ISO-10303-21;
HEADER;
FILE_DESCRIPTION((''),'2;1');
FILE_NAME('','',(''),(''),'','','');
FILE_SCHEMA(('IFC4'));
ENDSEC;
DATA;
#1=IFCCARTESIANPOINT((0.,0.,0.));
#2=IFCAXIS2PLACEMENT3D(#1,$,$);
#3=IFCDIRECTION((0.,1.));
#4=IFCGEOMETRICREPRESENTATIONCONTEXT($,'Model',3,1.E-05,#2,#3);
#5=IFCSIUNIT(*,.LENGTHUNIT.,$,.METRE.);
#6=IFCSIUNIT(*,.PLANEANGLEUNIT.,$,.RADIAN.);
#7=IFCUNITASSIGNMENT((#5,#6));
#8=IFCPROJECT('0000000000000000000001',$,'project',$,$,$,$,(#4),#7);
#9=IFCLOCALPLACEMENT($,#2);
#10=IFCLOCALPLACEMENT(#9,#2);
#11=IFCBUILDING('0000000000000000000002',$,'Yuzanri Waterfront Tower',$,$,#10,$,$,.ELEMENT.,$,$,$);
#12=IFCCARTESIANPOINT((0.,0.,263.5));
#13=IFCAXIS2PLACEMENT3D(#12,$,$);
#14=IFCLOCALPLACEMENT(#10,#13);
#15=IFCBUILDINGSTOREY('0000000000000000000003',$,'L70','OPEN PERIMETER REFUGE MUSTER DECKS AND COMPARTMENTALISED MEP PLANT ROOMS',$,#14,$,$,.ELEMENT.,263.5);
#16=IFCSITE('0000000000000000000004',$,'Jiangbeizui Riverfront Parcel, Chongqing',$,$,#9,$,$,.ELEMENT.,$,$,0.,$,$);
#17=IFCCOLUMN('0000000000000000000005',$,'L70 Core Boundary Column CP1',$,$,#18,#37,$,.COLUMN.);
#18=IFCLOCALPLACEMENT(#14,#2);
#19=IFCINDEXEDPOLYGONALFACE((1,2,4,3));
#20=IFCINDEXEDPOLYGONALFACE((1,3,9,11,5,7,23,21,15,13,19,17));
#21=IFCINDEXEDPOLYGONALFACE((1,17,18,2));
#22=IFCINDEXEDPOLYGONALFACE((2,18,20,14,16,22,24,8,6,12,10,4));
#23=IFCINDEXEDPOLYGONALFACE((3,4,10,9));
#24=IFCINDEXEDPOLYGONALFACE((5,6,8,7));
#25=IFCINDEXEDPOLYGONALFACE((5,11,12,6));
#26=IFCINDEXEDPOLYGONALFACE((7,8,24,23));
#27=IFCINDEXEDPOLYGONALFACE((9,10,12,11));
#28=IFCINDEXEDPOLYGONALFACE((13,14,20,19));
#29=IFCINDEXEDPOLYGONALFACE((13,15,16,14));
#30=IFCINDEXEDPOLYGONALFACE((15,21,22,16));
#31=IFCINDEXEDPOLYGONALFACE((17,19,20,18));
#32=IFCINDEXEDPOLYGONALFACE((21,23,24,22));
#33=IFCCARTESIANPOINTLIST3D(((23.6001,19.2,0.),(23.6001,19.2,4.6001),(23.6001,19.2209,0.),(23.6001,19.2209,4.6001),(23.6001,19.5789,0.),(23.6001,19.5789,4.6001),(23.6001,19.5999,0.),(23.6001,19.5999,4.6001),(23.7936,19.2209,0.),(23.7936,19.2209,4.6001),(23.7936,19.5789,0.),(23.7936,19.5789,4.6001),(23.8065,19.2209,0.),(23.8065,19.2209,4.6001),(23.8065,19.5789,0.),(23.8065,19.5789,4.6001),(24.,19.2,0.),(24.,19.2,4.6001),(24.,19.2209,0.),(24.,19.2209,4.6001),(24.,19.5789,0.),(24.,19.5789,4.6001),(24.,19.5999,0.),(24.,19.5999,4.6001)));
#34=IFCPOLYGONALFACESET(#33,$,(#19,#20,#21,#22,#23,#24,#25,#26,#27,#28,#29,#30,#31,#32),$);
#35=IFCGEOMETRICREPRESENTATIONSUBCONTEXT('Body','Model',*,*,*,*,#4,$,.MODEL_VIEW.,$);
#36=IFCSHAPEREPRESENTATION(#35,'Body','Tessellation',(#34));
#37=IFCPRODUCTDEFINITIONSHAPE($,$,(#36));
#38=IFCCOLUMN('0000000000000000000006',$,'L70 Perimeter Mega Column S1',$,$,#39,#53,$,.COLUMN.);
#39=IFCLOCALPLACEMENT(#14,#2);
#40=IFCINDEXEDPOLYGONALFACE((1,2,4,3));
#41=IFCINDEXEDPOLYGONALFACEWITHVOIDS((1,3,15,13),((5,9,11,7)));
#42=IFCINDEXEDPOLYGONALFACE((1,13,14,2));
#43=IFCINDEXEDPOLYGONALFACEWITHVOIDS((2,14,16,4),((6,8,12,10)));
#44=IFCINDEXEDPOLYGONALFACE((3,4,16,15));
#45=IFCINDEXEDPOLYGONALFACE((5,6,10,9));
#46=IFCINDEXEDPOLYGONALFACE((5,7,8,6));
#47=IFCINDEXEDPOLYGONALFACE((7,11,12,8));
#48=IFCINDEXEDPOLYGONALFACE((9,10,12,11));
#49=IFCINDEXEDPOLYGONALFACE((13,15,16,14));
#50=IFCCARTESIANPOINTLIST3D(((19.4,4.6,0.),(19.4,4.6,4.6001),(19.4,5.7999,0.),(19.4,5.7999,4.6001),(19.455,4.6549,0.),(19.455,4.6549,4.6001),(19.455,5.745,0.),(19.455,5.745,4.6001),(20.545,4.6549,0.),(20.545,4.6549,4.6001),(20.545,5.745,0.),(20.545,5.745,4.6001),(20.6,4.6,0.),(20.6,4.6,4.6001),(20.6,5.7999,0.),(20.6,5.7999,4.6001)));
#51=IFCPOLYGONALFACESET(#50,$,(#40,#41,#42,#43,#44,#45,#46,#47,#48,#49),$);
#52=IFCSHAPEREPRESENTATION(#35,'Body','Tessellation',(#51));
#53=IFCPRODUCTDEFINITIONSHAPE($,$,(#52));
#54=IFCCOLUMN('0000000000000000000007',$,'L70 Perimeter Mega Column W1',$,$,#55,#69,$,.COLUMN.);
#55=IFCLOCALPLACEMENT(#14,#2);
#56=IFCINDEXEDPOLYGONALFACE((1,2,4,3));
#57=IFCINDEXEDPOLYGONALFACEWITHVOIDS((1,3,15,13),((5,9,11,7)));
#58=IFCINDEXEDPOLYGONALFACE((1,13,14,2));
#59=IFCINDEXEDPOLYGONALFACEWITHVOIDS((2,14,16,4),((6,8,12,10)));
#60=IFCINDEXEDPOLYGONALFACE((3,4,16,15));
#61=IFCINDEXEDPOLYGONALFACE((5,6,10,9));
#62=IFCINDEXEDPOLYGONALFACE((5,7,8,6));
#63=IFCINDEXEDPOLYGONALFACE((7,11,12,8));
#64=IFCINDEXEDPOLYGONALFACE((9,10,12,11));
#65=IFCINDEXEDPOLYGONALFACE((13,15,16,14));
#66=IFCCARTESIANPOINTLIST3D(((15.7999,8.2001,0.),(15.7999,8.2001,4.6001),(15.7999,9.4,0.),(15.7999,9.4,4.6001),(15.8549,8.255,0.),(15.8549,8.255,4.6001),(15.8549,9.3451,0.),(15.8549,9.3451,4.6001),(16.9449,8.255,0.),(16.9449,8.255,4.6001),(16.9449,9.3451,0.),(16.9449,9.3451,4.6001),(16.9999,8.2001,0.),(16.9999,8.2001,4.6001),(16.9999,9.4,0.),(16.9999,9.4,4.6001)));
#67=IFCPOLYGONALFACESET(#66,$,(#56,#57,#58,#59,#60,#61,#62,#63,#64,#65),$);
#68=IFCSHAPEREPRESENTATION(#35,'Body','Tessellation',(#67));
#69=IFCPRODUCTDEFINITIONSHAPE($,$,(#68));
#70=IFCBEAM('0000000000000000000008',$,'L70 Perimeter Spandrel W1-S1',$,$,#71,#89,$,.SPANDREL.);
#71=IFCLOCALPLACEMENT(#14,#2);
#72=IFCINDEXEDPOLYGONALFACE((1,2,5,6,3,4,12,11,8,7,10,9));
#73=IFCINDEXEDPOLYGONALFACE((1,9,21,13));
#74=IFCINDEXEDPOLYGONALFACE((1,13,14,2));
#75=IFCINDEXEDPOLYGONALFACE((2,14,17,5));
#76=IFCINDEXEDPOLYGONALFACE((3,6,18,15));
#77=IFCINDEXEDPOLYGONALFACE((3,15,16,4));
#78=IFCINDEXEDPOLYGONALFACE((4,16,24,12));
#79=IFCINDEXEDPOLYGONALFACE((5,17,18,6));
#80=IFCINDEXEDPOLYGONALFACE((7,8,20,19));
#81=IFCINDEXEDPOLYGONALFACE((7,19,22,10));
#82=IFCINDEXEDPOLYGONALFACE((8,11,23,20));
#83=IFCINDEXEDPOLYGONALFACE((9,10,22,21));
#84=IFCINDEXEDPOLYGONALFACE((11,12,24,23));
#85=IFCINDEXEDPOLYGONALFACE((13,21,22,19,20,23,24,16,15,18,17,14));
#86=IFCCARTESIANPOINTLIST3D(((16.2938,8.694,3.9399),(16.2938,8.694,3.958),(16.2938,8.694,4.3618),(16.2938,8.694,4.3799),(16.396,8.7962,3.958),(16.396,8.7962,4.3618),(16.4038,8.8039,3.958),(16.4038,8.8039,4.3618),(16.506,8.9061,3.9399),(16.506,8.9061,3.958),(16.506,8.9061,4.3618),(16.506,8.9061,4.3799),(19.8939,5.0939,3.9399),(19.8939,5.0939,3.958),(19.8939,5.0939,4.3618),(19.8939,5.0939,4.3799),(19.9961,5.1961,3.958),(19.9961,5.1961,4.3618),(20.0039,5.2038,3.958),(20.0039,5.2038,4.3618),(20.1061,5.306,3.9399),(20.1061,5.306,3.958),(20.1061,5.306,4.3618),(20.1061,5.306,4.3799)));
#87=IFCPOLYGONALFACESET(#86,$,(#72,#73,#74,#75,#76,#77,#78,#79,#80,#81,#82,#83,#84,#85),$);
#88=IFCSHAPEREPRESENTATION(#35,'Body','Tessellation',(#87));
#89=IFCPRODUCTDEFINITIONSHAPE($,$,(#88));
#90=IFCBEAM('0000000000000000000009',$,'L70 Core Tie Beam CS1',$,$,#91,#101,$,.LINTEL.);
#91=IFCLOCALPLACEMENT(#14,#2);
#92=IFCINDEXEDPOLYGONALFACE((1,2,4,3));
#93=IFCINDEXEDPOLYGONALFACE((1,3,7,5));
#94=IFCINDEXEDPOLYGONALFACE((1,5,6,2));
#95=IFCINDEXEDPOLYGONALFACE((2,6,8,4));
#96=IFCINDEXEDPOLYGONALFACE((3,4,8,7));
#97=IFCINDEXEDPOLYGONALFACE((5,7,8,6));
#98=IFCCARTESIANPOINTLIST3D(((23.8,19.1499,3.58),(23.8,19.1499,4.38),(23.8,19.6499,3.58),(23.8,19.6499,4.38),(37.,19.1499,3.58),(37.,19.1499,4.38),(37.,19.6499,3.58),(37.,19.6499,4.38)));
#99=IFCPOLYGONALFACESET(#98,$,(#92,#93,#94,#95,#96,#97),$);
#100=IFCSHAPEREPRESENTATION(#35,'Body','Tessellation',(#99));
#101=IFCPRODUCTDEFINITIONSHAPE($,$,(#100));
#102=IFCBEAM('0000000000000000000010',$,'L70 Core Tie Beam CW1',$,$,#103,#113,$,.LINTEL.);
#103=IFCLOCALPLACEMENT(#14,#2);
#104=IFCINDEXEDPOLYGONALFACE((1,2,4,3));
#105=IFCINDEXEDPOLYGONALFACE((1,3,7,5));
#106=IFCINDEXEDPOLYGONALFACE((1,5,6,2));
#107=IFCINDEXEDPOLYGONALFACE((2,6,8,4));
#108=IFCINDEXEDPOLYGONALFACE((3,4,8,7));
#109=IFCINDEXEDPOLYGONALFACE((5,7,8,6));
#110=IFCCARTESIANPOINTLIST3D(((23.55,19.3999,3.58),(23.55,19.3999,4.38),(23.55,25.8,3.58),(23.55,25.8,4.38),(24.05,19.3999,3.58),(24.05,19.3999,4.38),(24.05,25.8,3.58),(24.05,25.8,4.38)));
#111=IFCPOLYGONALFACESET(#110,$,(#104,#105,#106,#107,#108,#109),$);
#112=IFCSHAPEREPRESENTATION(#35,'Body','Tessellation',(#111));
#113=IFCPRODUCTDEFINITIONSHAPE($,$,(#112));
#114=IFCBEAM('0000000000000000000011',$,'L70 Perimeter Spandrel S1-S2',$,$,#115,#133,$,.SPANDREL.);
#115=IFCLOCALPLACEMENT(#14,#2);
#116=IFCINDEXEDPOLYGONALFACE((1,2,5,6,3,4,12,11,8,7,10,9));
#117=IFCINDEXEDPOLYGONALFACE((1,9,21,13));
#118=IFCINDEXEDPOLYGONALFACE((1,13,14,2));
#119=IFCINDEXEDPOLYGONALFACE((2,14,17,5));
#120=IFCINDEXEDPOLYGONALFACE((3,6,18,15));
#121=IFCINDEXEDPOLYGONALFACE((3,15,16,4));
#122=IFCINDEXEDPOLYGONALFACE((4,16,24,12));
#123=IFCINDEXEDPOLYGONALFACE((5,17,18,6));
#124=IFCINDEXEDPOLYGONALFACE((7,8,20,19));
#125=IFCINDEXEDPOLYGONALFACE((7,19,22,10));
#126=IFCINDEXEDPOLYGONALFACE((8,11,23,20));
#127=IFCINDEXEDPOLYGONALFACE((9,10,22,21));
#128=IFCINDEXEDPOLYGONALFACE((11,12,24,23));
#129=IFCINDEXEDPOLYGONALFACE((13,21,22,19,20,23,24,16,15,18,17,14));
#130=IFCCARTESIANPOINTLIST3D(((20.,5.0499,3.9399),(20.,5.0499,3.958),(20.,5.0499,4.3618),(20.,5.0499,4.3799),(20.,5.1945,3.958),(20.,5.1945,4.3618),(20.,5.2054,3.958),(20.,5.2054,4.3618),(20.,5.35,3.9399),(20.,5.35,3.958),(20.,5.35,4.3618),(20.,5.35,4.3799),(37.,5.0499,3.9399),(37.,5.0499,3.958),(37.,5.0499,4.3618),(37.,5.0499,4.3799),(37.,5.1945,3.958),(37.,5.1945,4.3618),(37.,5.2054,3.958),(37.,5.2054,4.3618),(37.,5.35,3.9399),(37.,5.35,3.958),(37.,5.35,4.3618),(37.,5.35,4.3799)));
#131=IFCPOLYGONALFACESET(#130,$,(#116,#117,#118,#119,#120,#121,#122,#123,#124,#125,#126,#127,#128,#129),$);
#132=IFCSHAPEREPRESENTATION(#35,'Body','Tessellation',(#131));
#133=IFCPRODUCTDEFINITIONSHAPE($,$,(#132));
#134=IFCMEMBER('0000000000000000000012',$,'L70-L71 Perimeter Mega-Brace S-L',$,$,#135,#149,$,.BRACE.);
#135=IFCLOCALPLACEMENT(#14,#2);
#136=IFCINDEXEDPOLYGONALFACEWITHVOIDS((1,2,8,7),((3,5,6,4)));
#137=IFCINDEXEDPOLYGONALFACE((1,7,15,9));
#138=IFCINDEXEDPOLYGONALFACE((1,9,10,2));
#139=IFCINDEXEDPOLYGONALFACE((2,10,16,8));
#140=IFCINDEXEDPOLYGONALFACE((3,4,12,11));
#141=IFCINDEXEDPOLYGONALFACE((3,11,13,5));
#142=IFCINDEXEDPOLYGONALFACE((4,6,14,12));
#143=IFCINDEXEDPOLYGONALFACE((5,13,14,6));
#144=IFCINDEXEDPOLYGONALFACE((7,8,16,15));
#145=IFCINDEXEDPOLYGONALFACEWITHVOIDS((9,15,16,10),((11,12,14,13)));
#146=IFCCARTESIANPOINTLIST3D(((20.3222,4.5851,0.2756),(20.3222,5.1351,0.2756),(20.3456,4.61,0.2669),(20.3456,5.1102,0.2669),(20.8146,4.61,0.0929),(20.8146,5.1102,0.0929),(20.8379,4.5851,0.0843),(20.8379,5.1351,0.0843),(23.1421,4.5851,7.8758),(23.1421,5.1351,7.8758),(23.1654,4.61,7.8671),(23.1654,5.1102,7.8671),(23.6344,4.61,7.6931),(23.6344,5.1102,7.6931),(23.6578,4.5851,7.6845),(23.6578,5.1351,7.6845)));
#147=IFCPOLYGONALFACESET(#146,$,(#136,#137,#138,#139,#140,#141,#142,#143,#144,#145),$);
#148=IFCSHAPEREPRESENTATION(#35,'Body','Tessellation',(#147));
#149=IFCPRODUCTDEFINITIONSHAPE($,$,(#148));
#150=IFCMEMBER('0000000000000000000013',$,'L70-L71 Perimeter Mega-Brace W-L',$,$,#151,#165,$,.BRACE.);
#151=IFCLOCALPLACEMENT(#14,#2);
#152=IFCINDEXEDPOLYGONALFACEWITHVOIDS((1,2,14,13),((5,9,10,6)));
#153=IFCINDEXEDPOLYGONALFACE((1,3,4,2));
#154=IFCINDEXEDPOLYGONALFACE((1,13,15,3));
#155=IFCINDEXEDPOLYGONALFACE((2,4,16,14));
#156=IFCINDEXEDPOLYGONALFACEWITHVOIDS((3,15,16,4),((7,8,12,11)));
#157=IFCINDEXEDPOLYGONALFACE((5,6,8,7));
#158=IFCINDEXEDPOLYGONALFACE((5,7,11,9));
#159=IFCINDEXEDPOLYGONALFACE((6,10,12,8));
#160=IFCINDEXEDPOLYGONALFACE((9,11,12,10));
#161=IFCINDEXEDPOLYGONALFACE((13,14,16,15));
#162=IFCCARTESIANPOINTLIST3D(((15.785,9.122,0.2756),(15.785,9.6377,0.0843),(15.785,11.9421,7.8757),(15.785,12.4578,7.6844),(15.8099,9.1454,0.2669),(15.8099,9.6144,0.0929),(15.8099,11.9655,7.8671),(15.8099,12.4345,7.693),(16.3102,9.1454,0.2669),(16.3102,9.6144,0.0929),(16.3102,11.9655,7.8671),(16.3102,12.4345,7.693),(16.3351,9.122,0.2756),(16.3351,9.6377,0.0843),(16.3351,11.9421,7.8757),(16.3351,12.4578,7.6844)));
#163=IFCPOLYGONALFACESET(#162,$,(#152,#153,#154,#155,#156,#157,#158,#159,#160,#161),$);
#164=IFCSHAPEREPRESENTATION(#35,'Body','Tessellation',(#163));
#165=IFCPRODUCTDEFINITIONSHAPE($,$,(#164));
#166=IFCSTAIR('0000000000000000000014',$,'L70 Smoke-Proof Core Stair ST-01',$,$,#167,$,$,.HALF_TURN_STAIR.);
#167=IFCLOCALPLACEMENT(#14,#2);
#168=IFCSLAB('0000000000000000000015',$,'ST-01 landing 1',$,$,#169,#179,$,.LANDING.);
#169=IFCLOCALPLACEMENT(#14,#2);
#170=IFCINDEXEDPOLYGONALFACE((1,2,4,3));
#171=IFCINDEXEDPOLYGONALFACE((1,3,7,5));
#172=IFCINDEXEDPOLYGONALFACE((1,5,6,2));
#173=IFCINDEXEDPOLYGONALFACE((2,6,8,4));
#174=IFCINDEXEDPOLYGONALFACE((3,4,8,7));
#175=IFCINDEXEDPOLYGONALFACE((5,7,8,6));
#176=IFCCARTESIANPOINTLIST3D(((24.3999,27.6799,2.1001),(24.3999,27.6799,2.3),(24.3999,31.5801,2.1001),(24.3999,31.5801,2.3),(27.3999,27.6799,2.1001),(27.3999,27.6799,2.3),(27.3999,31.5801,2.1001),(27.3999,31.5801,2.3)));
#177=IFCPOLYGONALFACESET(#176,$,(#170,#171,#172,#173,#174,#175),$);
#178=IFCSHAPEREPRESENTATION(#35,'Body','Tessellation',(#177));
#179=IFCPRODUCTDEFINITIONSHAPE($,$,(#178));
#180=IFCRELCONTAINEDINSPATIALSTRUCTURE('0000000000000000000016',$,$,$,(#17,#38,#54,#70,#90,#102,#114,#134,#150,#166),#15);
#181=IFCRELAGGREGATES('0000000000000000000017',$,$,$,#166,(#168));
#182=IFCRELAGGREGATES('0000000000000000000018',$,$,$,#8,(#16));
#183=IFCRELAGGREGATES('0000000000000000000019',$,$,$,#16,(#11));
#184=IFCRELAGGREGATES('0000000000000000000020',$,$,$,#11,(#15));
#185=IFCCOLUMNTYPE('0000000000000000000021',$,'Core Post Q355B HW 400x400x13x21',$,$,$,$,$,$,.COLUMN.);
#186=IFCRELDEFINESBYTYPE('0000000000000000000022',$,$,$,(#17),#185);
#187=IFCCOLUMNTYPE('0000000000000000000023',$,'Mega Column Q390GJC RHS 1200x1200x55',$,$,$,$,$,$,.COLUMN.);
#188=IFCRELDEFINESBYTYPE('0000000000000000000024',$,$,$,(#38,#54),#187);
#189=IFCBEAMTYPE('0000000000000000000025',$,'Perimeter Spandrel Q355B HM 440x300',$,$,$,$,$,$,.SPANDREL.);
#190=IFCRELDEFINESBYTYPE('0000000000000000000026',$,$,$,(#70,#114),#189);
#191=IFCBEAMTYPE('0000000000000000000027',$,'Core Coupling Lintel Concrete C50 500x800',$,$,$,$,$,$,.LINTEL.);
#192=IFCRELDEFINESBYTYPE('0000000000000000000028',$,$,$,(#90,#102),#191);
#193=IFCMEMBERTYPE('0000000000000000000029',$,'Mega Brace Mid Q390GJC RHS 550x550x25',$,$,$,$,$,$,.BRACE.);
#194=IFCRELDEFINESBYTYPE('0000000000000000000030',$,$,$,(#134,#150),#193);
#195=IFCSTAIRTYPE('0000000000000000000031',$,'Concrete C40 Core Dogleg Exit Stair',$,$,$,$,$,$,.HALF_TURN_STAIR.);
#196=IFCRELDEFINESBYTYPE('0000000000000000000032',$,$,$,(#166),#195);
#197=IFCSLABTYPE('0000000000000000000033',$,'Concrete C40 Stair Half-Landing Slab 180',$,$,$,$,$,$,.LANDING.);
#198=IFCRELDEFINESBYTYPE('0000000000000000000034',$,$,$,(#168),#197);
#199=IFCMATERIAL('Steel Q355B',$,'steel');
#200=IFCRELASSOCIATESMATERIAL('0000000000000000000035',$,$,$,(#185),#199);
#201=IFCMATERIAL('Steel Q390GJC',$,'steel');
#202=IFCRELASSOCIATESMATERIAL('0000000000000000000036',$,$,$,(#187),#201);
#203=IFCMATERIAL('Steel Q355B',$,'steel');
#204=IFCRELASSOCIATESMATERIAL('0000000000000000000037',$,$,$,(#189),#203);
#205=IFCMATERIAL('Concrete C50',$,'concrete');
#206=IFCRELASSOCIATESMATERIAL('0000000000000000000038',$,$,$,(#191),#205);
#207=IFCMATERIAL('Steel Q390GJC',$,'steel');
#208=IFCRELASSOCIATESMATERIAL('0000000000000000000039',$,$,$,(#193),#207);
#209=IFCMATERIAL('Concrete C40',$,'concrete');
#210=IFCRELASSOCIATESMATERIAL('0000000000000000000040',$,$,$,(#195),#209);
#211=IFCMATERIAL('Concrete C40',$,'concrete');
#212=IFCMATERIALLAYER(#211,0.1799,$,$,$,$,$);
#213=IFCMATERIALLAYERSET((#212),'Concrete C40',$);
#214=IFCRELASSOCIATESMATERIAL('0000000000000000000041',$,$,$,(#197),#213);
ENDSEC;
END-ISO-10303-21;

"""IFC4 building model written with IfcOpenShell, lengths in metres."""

from ifc_helpers import new_model, si_unit, direction, frame, origin, origin_2d, place, context, subcontext, project, spatial, polyline, rectangle, hollow_rectangle, i_section, outline, extrude, source, transform, mapped, material, layer, layer_set, material_profile, profile_set, type_object, element, aggregate, save


model = new_model("IFC4")

# Units and contexts
model_context = context("Model", 3, precision=1e-05, world=origin(), true_north=direction((0.0, 1.0)))
body_context = subcontext(model_context, "Body", "Model", "MODEL_VIEW")
ifc_project = project(units=[si_unit("LENGTHUNIT", "METRE"), si_unit("PLANEANGLEUNIT", "RADIAN")], contexts=[model_context])

# Site, building, storey
site_placement = place(None, origin())
site = spatial("IfcSite", under=ifc_project, at=site_placement, Name="Jiangbeizui Riverfront Parcel, Chongqing", CompositionType="ELEMENT", RefElevation=0.0)
building_placement = place(site_placement, origin())
building = spatial("IfcBuilding", under=site, at=building_placement, Name="Yuzanri Waterfront Tower", CompositionType="ELEMENT")
storey_placement = place(building_placement, frame((0.0, 0.0, 263.5)))
storey = spatial("IfcBuildingStorey", under=building, at=storey_placement, Name="L70", Description="OPEN PERIMETER REFUGE MUSTER DECKS AND COMPARTMENTALISED MEP PLANT ROOMS", CompositionType="ELEMENT", Elevation=263.5)

# Columns
ifc_material_1 = material(Name="Steel Q355B", Category="steel")
ifc_material_profile_1 = material_profile(ifc_material_1, i_section(OverallWidth=0.3999, OverallDepth=0.3999, WebThickness=0.0129, FlangeThickness=0.021, at=origin_2d()), Name="HW 400x400x13x21")
ifc_profile_set_1 = profile_set([ifc_material_profile_1], Name="Steel Q355B")
column_type_1 = type_object("IfcColumnType", Name="Core Post Q355B HW 400x400x13x21", PredefinedType="COLUMN", material=ifc_profile_set_1)
shared_shape_1 = source(origin(), body_context, "Body", "SweptSolid", [
    extrude(i_section(OverallWidth=0.3999, OverallDepth=0.3999, WebThickness=0.0129, FlangeThickness=0.021, at=origin_2d()), origin(), (0.0, 0.0, 1.0), 4.6001),
])
column_placement = place(storey_placement, frame((23.8, 19.3999, 0.0), z_axis=(0.0, 0.0, 1.0), x_axis=(1.0, 0.0, 0.0)))
element("IfcColumn", 1, at=column_placement, inside=storey, type_object=column_type_1, Name="L70 Core Boundary Column CP1", PredefinedType="COLUMN", context=body_context, shape_type="MappedRepresentation", body=[
    mapped(shared_shape_1, transform((0.0, 0.0, 0.0), scale=1.0)),
])
ifc_material_2 = material(Name="Steel Q390GJC", Category="steel")
ifc_material_profile_2 = material_profile(ifc_material_2, hollow_rectangle(XDim=1.2, YDim=1.2, WallThickness=0.0549, at=origin_2d()), Name="RHS 1200x1200x55")
ifc_profile_set_2 = profile_set([ifc_material_profile_2], Name="Steel Q390GJC")
column_type_2 = type_object("IfcColumnType", Name="Mega Column Q390GJC RHS 1200x1200x55", PredefinedType="COLUMN", material=ifc_profile_set_2)
shared_shape_2 = source(origin(), body_context, "Body", "SweptSolid", [
    extrude(hollow_rectangle(XDim=1.2, YDim=1.2, WallThickness=0.0549, at=origin_2d()), origin(), (0.0, 0.0, 1.0), 4.6001),
])
for number, where, z_axis, x_axis, name in (
    (2, (20.0, 5.2, 0.0), (0.0, 0.0, 1.0), (1.0, 0.0, 0.0), "L70 Perimeter Mega Column S1"),
    (3, (16.3999, 8.8, 0.0), (0.0, 0.0, 1.0), (1.0, 0.0, 0.0), "L70 Perimeter Mega Column W1"),
):
    element("IfcColumn", number, at=place(storey_placement, frame(where, z_axis=z_axis, x_axis=x_axis)), inside=storey, type_object=column_type_2, Name=name, PredefinedType="COLUMN", context=body_context, shape_type="MappedRepresentation", body=[
        mapped(shared_shape_2, transform((0.0, 0.0, 0.0), scale=1.0)),
    ])

# Beams
ifc_material_3 = material(Name="Steel Q355B", Category="steel")
ifc_material_profile_3 = material_profile(ifc_material_3, i_section(OverallWidth=0.3, OverallDepth=0.4399, WebThickness=0.011, FlangeThickness=0.0181, at=origin_2d()), Name="HM 440x300x11x18")
ifc_profile_set_3 = profile_set([ifc_material_profile_3], Name="Steel Q355B")
beam_type_1 = type_object("IfcBeamType", Name="Perimeter Spandrel Q355B HM 440x300", PredefinedType="SPANDREL", material=ifc_profile_set_3)
shared_shape_3 = source(origin(), body_context, "Body", "SweptSolid", [
    extrude(i_section(OverallWidth=0.3, OverallDepth=0.4399, WebThickness=0.011, FlangeThickness=0.0181, at=origin_2d()), origin(), (0.0, 0.0, 1.0), 5.0913),
])
beam_1_placement = place(storey_placement, frame((16.3999, 8.8, 4.1599), z_axis=(0.707107, -0.707107, 0.0), x_axis=(0.707107, 0.707107, 0.0)))
element("IfcBeam", 4, at=beam_1_placement, inside=storey, type_object=beam_type_1, Name="L70 Perimeter Spandrel W1-S1", PredefinedType="SPANDREL", context=body_context, shape_type="MappedRepresentation", body=[
    mapped(shared_shape_3, transform((0.0, 0.0, 0.0), scale=1.0)),
])
ifc_material_4 = material(Name="Concrete C50", Category="concrete")
ifc_material_profile_4 = material_profile(ifc_material_4, rectangle(XDim=0.5, YDim=0.8, at=origin_2d()), Name="RC 500x800")
ifc_profile_set_4 = profile_set([ifc_material_profile_4], Name="Concrete C50")
beam_type_2 = type_object("IfcBeamType", Name="Core Coupling Lintel Concrete C50 500x800", PredefinedType="LINTEL", material=ifc_profile_set_4)
shared_shape_4 = source(origin(), body_context, "Body", "SweptSolid", [
    extrude(rectangle(XDim=0.5, YDim=0.8, at=origin_2d()), origin(), (0.0, 0.0, 1.0), 13.2),
])
beam_2_placement = place(storey_placement, frame((23.8, 19.3999, 3.98), z_axis=(1.0, 0.0, 0.0), x_axis=(0.0, 1.0, 0.0)))
element("IfcBeam", 5, at=beam_2_placement, inside=storey, type_object=beam_type_2, Name="L70 Core Tie Beam CS1", PredefinedType="LINTEL", context=body_context, shape_type="MappedRepresentation", body=[
    mapped(shared_shape_4, transform((0.0, 0.0, 0.0), scale=1.0)),
])
shared_shape_5 = source(origin(), body_context, "Body", "SweptSolid", [
    extrude(rectangle(XDim=0.5, YDim=0.8, at=origin_2d()), origin(), (0.0, 0.0, 1.0), 6.4001),
])
beam_3_placement = place(storey_placement, frame((23.8, 19.3999, 3.98), z_axis=(0.0, 1.0, 0.0), x_axis=(-1.0, 0.0, 0.0)))
element("IfcBeam", 6, at=beam_3_placement, inside=storey, type_object=beam_type_2, Name="L70 Core Tie Beam CW1", PredefinedType="LINTEL", context=body_context, shape_type="MappedRepresentation", body=[
    mapped(shared_shape_5, transform((0.0, 0.0, 0.0), scale=1.0)),
])
shared_shape_6 = source(origin(), body_context, "Body", "SweptSolid", [
    extrude(i_section(OverallWidth=0.3, OverallDepth=0.4399, WebThickness=0.011, FlangeThickness=0.0181, at=origin_2d()), origin(), (0.0, 0.0, 1.0), 17.0),
])
beam_4_placement = place(storey_placement, frame((20.0, 5.2, 4.1599), z_axis=(1.0, 0.0, 0.0), x_axis=(0.0, 1.0, 0.0)))
element("IfcBeam", 7, at=beam_4_placement, inside=storey, type_object=beam_type_1, Name="L70 Perimeter Spandrel S1-S2", PredefinedType="SPANDREL", context=body_context, shape_type="MappedRepresentation", body=[
    mapped(shared_shape_6, transform((0.0, 0.0, 0.0), scale=1.0)),
])

# Members
ifc_material_5 = material(Name="Steel Q390GJC", Category="steel")
ifc_material_profile_5 = material_profile(ifc_material_5, hollow_rectangle(XDim=0.55, YDim=0.55, WallThickness=0.0249, at=origin_2d()), Name="RHS 550x550x25")
ifc_profile_set_5 = profile_set([ifc_material_profile_5], Name="Steel Q390GJC")
member_type = type_object("IfcMemberType", Name="Mega Brace Mid Q390GJC RHS 550x550x25", PredefinedType="BRACE", material=ifc_profile_set_5)
shared_shape_7 = source(origin(), body_context, "Body", "SweptSolid", [
    extrude(hollow_rectangle(XDim=0.55, YDim=0.55, WallThickness=0.0249, at=origin_2d()), origin(), (0.0, 0.0, 1.0), 8.1064),
])
for number, where, z_axis, x_axis, name in (
    (8, (20.5801, 4.8601, 0.1799), (0.347854, 0.0, 0.937549), (0.0, 1.0, 0.0), "L70-L71 Perimeter Mega-Brace S-L"),
    (9, (16.0601, 9.3799, 0.1799), (0.0, 0.34788, 0.937539), (-1.0, 0.0, 0.0), "L70-L71 Perimeter Mega-Brace W-L"),
):
    element("IfcMember", number, at=place(storey_placement, frame(where, z_axis=z_axis, x_axis=x_axis)), inside=storey, type_object=member_type, Name=name, PredefinedType="BRACE", context=body_context, shape_type="MappedRepresentation", body=[
        mapped(shared_shape_7, transform((0.0, 0.0, 0.0), scale=1.0)),
    ])

# Stair, slab
ifc_material_6 = material(Name="Concrete C40", Category="concrete")
stair_type = type_object("IfcStairType", Name="Concrete C40 Core Dogleg Exit Stair", PredefinedType="HALF_TURN_STAIR", material=ifc_material_6)
stair_1_placement = place(storey_placement, origin())
stair_1 = element("IfcStair", 10, at=stair_1_placement, inside=storey, type_object=stair_type, Name="L70 Smoke-Proof Core Stair ST-01", PredefinedType="HALF_TURN_STAIR")
ifc_material_7 = material(Name="Concrete C40", Category="concrete")
ifc_layer_1 = layer(ifc_material_7, 0.1799)
ifc_layer_set_1 = layer_set([ifc_layer_1], Name="Concrete C40")
slab_type_1 = type_object("IfcSlabType", Name="Concrete C40 Stair Half-Landing Slab 180", PredefinedType="LANDING", material=ifc_layer_set_1)
slab_1_placement = place(storey_placement, frame((0.0, 0.0, 2.1001)))
slab_1 = element("IfcSlab", 11, at=slab_1_placement, type_object=slab_type_1, Name="ST-01 landing 1", PredefinedType="LANDING", context=body_context, shape_type="SweptSolid", body=[
    extrude(outline(polyline([(27.3999, 27.6799), (27.3999, 31.5801), (24.3999, 31.5801), (24.3999, 27.6799), (27.3999, 27.6799)])), origin(), (0.0, 0.0, 1.0), 0.2),
])
aggregate(stair_1, [slab_1])

save(model, "model.ifc")
